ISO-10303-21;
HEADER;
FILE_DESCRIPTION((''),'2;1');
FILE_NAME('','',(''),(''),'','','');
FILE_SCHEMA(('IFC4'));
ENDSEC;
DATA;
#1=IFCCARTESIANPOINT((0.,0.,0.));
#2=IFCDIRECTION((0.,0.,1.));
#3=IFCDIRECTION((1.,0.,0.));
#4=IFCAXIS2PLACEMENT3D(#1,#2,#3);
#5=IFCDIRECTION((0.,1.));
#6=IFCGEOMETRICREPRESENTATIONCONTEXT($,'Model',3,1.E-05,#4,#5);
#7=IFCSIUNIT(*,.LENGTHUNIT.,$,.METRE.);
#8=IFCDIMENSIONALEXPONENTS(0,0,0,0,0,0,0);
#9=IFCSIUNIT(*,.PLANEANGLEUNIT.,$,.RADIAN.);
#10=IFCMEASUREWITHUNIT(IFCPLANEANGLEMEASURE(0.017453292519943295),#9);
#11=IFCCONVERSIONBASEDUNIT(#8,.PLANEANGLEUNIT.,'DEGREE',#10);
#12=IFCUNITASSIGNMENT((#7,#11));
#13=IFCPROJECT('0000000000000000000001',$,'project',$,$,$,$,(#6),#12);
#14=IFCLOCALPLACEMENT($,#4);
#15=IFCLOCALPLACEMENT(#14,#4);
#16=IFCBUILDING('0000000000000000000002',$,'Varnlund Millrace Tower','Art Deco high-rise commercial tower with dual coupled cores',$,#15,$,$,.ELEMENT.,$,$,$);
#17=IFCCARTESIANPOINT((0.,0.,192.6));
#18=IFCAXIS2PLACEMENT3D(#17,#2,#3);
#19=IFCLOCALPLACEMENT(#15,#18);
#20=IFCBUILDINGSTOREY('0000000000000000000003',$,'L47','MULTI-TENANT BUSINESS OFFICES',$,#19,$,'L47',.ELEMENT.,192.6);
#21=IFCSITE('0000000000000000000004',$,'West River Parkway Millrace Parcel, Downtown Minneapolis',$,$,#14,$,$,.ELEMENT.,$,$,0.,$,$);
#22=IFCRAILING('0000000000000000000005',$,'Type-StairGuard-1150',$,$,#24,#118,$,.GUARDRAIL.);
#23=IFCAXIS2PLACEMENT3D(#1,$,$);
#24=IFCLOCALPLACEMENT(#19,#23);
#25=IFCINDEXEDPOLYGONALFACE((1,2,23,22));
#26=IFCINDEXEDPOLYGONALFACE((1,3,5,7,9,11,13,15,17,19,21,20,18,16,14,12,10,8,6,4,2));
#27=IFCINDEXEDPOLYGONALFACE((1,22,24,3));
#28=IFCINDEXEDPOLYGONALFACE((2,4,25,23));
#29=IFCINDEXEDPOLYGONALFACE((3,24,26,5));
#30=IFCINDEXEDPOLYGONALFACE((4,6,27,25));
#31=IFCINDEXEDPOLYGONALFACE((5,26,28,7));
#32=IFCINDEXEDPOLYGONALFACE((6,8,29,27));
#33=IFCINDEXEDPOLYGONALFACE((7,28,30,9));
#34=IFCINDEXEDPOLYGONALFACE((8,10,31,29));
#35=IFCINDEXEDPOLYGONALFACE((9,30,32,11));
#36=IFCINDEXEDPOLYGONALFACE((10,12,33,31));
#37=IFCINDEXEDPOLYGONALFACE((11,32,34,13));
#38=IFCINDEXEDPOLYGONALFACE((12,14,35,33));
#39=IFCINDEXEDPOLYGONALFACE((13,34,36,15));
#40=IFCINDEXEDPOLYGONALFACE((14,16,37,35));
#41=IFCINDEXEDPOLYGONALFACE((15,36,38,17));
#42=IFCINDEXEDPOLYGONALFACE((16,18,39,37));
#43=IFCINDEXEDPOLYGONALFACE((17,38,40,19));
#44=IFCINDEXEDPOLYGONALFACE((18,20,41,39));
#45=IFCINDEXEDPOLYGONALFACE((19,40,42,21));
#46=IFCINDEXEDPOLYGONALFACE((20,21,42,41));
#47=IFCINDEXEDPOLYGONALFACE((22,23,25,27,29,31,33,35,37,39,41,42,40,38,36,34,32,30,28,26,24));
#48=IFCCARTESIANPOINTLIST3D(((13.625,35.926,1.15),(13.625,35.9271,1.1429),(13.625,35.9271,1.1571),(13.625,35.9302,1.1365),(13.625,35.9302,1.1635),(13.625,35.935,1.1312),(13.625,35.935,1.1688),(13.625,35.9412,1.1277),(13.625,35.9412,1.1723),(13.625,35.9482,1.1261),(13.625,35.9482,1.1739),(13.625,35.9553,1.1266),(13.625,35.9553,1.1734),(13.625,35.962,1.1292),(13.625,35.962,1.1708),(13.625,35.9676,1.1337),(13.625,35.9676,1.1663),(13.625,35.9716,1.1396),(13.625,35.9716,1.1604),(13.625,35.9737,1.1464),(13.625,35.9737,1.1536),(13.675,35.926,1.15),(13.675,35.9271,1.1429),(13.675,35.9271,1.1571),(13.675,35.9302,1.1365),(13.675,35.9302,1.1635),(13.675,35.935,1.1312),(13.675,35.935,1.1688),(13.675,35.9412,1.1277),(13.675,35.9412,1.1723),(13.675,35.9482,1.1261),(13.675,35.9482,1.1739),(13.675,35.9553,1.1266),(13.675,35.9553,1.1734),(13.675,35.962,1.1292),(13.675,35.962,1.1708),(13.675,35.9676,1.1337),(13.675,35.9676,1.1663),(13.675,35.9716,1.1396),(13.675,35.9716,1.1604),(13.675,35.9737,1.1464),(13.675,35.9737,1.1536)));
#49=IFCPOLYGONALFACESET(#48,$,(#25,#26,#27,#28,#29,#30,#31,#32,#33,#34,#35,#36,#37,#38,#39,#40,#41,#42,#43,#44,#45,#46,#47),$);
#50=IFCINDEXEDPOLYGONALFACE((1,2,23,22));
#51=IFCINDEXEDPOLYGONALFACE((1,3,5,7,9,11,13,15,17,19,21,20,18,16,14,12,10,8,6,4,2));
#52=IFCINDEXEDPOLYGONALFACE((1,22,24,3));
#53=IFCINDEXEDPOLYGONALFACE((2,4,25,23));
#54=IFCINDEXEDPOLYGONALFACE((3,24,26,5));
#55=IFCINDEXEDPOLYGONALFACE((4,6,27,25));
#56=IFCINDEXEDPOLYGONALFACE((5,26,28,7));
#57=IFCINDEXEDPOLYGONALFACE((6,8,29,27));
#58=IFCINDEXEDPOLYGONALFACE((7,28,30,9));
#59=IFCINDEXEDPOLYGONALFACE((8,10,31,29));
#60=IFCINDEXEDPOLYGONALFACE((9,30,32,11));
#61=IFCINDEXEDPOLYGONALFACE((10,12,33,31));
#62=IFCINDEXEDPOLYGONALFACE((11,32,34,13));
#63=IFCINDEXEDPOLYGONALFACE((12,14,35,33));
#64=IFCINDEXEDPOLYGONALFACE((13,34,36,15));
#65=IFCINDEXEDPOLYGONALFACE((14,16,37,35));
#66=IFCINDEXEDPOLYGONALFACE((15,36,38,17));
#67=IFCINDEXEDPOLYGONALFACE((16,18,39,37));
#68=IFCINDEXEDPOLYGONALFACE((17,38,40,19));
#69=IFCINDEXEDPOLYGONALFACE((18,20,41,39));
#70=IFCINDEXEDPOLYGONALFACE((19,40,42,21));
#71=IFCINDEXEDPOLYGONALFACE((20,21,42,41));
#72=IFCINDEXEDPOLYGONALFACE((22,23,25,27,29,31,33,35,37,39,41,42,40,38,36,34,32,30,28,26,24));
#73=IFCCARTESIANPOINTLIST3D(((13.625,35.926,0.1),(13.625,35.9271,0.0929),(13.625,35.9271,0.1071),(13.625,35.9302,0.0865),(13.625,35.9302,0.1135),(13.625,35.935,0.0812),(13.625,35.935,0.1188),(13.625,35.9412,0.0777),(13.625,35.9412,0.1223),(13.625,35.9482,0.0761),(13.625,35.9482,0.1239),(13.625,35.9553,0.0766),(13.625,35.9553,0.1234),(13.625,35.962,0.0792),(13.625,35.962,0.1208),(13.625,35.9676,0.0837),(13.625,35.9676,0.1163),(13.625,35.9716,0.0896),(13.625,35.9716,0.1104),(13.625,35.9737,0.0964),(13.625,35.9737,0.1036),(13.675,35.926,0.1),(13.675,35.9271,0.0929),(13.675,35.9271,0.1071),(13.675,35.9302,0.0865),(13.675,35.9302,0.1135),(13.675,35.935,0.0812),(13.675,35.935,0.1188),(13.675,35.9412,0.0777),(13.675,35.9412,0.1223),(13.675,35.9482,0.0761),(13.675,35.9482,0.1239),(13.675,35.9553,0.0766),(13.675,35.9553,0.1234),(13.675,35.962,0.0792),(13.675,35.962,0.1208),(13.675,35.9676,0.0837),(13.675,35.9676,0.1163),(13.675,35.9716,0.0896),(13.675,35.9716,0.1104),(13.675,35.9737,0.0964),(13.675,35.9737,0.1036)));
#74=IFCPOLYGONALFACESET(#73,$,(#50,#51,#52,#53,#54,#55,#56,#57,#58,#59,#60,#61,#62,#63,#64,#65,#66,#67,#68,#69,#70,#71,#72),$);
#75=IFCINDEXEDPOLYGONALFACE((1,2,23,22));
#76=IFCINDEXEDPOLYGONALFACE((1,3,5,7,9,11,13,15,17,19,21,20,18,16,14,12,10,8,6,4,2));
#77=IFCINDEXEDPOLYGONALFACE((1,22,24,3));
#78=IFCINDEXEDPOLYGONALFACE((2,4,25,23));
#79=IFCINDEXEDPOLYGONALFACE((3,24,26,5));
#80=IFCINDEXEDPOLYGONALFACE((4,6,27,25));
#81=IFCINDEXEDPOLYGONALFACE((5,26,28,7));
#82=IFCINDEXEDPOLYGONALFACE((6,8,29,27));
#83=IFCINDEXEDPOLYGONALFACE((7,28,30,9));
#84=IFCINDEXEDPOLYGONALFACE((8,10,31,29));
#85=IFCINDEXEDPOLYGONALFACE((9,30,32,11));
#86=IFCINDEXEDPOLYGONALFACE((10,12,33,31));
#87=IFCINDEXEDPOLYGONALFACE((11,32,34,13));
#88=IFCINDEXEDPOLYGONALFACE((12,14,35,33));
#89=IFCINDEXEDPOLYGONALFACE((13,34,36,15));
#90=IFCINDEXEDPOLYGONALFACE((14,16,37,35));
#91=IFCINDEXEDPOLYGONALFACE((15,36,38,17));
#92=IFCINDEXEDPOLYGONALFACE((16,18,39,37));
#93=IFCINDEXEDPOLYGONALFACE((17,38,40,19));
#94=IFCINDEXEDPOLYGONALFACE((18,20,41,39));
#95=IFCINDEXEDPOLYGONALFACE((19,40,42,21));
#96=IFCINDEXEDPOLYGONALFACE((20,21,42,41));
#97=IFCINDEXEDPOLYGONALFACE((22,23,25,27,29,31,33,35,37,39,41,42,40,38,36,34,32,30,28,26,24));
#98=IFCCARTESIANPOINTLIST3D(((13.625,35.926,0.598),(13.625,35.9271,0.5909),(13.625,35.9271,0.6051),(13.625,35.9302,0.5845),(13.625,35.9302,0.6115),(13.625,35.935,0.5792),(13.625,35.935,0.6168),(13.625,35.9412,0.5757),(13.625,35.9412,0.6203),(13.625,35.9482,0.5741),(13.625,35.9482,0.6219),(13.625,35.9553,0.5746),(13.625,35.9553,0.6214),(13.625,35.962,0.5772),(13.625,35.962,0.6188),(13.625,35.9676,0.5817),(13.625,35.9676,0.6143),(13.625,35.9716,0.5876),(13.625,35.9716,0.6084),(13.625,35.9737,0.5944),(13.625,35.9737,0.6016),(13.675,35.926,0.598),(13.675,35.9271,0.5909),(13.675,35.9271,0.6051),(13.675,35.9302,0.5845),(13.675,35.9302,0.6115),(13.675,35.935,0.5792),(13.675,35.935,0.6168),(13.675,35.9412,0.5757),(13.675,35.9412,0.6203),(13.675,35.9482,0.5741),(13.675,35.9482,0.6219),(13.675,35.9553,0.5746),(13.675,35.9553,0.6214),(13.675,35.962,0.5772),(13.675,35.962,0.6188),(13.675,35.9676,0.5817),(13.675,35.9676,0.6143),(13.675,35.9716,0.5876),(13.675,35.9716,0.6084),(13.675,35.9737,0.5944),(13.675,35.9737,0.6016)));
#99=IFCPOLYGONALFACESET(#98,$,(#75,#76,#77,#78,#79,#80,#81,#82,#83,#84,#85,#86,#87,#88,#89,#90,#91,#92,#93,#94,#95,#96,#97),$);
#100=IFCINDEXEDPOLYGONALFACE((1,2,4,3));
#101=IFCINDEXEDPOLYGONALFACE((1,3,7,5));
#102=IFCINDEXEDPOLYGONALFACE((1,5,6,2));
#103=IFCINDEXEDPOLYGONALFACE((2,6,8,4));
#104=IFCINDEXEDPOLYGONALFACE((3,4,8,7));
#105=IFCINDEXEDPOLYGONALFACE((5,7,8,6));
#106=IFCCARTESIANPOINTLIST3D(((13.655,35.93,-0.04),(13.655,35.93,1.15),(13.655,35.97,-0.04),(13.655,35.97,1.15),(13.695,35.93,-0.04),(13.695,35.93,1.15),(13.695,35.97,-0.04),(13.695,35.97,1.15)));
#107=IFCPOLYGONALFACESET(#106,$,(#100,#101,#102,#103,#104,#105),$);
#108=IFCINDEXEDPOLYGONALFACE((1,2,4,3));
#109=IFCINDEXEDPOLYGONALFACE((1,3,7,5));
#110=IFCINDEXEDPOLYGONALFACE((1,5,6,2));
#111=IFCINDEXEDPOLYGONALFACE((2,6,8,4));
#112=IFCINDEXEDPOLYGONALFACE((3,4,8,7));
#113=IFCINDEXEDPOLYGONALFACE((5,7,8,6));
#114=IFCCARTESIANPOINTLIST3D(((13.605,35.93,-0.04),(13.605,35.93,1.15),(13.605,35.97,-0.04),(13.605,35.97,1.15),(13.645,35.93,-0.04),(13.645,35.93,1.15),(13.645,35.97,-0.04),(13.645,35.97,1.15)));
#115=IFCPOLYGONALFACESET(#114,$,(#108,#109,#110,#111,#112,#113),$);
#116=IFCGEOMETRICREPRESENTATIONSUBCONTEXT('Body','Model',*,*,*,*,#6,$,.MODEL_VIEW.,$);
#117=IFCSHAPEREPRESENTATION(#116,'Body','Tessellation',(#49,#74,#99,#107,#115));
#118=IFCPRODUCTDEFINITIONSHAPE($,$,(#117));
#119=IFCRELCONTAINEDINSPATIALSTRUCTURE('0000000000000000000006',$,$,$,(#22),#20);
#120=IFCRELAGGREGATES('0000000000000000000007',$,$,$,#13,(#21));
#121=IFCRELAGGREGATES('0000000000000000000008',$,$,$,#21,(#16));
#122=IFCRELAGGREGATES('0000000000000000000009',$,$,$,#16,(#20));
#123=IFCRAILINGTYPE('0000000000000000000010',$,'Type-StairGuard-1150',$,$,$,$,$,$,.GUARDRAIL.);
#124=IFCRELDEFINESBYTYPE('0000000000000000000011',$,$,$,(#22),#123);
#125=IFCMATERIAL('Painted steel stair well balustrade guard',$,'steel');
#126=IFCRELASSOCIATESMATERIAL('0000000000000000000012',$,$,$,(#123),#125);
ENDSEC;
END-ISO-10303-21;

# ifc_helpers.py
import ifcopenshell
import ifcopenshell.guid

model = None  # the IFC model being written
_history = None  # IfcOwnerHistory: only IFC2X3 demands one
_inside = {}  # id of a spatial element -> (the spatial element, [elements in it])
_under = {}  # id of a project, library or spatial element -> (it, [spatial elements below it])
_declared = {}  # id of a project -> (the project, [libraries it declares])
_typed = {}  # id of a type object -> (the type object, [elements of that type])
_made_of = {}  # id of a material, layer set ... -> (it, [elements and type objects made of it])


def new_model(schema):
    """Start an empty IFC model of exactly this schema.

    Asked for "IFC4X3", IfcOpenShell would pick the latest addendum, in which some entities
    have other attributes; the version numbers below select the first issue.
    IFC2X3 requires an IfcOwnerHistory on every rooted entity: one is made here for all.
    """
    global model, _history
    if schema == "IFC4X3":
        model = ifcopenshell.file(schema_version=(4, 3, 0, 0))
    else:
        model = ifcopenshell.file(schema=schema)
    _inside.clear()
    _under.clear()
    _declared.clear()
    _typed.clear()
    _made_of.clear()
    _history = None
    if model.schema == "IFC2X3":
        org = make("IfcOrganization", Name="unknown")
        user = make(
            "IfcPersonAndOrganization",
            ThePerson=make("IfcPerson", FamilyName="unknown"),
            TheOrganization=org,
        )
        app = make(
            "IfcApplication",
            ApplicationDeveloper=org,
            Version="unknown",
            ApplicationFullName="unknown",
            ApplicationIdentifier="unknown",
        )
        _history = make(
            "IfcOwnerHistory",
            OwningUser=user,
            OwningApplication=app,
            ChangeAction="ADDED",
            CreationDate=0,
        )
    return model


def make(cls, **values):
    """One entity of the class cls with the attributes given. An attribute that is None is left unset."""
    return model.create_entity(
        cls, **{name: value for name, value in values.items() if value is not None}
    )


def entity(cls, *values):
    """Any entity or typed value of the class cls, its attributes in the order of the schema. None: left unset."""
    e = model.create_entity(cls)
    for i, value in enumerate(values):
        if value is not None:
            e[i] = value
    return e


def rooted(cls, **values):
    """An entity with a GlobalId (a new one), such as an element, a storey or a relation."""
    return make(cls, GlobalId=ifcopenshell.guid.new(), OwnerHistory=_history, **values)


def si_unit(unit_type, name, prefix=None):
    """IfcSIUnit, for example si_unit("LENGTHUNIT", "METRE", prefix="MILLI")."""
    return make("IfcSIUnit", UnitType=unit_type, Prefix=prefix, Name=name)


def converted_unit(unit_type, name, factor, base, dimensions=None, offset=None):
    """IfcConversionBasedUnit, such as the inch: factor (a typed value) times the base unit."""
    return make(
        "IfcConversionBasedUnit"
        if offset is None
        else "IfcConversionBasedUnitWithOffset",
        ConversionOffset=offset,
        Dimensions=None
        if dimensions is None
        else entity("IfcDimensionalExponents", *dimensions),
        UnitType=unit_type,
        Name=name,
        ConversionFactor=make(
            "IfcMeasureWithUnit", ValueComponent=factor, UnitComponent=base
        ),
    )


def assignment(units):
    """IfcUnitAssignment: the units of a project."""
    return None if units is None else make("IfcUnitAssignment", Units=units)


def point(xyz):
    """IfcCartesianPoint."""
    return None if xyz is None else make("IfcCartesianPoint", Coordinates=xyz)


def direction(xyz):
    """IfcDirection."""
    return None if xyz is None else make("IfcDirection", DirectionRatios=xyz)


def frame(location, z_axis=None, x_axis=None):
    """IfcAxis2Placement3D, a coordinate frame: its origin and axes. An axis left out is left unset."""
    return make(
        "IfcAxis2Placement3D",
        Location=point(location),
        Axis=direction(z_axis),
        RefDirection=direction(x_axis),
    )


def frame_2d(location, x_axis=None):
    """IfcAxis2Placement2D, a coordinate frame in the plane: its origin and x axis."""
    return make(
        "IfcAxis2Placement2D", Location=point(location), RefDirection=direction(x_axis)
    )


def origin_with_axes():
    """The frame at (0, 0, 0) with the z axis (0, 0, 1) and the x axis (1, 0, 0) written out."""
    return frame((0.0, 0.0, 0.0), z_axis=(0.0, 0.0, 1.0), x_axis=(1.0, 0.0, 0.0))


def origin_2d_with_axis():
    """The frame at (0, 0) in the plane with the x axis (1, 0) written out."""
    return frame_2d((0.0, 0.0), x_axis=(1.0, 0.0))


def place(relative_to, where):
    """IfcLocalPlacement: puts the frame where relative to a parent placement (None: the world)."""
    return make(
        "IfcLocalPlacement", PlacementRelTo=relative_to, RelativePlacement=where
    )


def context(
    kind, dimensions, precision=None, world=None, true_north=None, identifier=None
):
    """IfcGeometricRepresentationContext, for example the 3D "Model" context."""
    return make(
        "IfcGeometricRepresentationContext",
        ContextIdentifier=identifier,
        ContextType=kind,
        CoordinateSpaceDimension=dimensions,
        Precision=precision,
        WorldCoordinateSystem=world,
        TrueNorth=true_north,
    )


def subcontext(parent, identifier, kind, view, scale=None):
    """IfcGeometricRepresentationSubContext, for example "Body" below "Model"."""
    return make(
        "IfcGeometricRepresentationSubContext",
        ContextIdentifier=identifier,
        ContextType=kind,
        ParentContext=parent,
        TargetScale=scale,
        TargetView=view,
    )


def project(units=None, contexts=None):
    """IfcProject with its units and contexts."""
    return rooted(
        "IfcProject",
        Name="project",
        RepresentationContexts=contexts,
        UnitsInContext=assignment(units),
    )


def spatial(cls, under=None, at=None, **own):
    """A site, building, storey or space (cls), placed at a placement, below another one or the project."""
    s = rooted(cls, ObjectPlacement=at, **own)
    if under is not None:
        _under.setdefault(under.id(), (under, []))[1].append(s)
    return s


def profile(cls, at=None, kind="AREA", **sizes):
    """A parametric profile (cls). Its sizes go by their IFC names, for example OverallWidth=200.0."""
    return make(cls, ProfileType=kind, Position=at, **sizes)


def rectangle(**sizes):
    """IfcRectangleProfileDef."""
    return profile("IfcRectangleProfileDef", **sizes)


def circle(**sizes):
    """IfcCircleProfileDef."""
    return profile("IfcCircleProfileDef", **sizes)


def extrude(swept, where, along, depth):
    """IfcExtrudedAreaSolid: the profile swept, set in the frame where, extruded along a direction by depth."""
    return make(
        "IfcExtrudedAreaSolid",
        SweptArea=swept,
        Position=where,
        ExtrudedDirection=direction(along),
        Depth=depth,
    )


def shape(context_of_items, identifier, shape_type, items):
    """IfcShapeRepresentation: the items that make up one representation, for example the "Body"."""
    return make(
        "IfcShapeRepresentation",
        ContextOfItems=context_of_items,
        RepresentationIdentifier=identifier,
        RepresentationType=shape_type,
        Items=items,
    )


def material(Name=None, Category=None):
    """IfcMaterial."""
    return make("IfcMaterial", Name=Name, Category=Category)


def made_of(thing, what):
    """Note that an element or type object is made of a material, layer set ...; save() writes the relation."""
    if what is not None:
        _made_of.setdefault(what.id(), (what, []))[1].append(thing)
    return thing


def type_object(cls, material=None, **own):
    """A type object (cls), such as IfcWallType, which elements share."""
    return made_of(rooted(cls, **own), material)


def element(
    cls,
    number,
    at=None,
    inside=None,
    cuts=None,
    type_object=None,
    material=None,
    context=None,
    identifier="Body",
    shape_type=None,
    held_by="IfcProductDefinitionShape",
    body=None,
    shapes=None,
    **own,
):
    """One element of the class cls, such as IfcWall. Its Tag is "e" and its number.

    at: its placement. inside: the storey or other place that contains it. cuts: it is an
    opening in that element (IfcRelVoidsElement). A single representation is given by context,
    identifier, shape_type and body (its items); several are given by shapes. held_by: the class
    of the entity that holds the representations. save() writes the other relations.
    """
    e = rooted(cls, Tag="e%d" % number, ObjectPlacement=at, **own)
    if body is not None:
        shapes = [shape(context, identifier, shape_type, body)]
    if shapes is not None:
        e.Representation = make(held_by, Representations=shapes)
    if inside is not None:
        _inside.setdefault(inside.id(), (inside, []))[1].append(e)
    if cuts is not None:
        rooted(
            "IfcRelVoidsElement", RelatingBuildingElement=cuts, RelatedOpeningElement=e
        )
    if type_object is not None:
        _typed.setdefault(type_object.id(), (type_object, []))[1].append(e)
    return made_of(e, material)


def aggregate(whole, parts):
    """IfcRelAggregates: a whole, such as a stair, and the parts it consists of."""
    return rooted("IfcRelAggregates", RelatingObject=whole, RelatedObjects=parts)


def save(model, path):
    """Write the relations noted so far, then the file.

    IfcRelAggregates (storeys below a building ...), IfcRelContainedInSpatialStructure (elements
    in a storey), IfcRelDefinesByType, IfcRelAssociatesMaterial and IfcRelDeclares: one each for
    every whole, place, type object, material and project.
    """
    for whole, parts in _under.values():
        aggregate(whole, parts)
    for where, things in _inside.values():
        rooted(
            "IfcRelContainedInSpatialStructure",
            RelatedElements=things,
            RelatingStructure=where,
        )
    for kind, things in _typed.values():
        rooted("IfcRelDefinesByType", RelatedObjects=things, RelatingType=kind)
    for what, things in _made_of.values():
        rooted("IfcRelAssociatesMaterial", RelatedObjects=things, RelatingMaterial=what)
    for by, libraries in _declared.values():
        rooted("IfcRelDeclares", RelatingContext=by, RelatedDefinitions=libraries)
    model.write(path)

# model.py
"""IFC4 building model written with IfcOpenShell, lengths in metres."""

from ifc_helpers import new_model, entity, si_unit, converted_unit, direction, frame, origin_with_axes, origin_2d_with_axis, place, context, subcontext, project, spatial, rectangle, circle, extrude, material, type_object, element, save


model = new_model("IFC4")

# Units and contexts
model_context = context("Model", 3, precision=1e-05, world=origin_with_axes(), true_north=direction((0.0, 1.0)))
body_context = subcontext(model_context, "Body", "Model", "MODEL_VIEW")
ifc_project = project(units=[si_unit("LENGTHUNIT", "METRE"), converted_unit("PLANEANGLEUNIT", "DEGREE", entity("IfcPlaneAngleMeasure", 0.017453292519943295), si_unit("PLANEANGLEUNIT", "RADIAN"), dimensions=[0, 0, 0, 0, 0, 0, 0])], contexts=[model_context])

# Site, building, storey
site_placement = place(None, origin_with_axes())
site = spatial("IfcSite", under=ifc_project, at=site_placement, Name="West River Parkway Millrace Parcel, Downtown Minneapolis", CompositionType="ELEMENT", RefElevation=0.0)
building_placement = place(site_placement, origin_with_axes())
building = spatial("IfcBuilding", under=site, at=building_placement, Name="Varnlund Millrace Tower", Description="Art Deco high-rise commercial tower with dual coupled cores", CompositionType="ELEMENT")
storey_placement = place(building_placement, frame((0.0, 0.0, 192.6), z_axis=(0.0, 0.0, 1.0), x_axis=(1.0, 0.0, 0.0)))
storey = spatial("IfcBuildingStorey", under=building, at=storey_placement, Name="L47", Description="MULTI-TENANT BUSINESS OFFICES", LongName="L47", CompositionType="ELEMENT", Elevation=192.6)

# Railing
ifc_material_1 = material(Name="Painted steel stair well balustrade guard", Category="steel")
railing_type_1 = type_object("IfcRailingType", Name="Type-StairGuard-1150", PredefinedType="GUARDRAIL", material=ifc_material_1)
railing_1_placement = place(storey_placement, frame((0.0, 0.0, -192.6), z_axis=(0.0, 0.0, 1.0), x_axis=(1.0, 0.0, 0.0)))
element("IfcRailing", 1, at=railing_1_placement, inside=storey, type_object=railing_type_1, Name="Type-StairGuard-1150", PredefinedType="GUARDRAIL", context=body_context, shape_type="SweptSolid", body=[
    extrude(circle(Radius=0.024, at=origin_2d_with_axis()), frame((13.675, 35.95, 193.75), z_axis=(-1.0, 0.0, 0.0), x_axis=(0.0, -1.0, 0.0)), (0.0, 0.0, 1.0), 0.05),
    extrude(circle(Radius=0.024, at=origin_2d_with_axis()), frame((13.675, 35.95, 192.7), z_axis=(-1.0, 0.0, 0.0), x_axis=(0.0, -1.0, 0.0)), (0.0, 0.0, 1.0), 0.05),
    extrude(circle(Radius=0.024, at=origin_2d_with_axis()), frame((13.675, 35.95, 193.198), z_axis=(-1.0, 0.0, 0.0), x_axis=(0.0, -1.0, 0.0)), (0.0, 0.0, 1.0), 0.05),
    extrude(rectangle(XDim=0.04, YDim=0.04, at=origin_2d_with_axis()), frame((13.675, 35.95, 192.56), z_axis=(0.0, 0.0, 1.0), x_axis=(1.0, 0.0, 0.0)), (0.0, 0.0, 1.0), 1.19),
    extrude(rectangle(XDim=0.04, YDim=0.04, at=origin_2d_with_axis()), frame((13.625, 35.95, 192.56), z_axis=(0.0, 0.0, 1.0), x_axis=(1.0, 0.0, 0.0)), (0.0, 0.0, 1.0), 1.19),
])

save(model, "model.ifc")
